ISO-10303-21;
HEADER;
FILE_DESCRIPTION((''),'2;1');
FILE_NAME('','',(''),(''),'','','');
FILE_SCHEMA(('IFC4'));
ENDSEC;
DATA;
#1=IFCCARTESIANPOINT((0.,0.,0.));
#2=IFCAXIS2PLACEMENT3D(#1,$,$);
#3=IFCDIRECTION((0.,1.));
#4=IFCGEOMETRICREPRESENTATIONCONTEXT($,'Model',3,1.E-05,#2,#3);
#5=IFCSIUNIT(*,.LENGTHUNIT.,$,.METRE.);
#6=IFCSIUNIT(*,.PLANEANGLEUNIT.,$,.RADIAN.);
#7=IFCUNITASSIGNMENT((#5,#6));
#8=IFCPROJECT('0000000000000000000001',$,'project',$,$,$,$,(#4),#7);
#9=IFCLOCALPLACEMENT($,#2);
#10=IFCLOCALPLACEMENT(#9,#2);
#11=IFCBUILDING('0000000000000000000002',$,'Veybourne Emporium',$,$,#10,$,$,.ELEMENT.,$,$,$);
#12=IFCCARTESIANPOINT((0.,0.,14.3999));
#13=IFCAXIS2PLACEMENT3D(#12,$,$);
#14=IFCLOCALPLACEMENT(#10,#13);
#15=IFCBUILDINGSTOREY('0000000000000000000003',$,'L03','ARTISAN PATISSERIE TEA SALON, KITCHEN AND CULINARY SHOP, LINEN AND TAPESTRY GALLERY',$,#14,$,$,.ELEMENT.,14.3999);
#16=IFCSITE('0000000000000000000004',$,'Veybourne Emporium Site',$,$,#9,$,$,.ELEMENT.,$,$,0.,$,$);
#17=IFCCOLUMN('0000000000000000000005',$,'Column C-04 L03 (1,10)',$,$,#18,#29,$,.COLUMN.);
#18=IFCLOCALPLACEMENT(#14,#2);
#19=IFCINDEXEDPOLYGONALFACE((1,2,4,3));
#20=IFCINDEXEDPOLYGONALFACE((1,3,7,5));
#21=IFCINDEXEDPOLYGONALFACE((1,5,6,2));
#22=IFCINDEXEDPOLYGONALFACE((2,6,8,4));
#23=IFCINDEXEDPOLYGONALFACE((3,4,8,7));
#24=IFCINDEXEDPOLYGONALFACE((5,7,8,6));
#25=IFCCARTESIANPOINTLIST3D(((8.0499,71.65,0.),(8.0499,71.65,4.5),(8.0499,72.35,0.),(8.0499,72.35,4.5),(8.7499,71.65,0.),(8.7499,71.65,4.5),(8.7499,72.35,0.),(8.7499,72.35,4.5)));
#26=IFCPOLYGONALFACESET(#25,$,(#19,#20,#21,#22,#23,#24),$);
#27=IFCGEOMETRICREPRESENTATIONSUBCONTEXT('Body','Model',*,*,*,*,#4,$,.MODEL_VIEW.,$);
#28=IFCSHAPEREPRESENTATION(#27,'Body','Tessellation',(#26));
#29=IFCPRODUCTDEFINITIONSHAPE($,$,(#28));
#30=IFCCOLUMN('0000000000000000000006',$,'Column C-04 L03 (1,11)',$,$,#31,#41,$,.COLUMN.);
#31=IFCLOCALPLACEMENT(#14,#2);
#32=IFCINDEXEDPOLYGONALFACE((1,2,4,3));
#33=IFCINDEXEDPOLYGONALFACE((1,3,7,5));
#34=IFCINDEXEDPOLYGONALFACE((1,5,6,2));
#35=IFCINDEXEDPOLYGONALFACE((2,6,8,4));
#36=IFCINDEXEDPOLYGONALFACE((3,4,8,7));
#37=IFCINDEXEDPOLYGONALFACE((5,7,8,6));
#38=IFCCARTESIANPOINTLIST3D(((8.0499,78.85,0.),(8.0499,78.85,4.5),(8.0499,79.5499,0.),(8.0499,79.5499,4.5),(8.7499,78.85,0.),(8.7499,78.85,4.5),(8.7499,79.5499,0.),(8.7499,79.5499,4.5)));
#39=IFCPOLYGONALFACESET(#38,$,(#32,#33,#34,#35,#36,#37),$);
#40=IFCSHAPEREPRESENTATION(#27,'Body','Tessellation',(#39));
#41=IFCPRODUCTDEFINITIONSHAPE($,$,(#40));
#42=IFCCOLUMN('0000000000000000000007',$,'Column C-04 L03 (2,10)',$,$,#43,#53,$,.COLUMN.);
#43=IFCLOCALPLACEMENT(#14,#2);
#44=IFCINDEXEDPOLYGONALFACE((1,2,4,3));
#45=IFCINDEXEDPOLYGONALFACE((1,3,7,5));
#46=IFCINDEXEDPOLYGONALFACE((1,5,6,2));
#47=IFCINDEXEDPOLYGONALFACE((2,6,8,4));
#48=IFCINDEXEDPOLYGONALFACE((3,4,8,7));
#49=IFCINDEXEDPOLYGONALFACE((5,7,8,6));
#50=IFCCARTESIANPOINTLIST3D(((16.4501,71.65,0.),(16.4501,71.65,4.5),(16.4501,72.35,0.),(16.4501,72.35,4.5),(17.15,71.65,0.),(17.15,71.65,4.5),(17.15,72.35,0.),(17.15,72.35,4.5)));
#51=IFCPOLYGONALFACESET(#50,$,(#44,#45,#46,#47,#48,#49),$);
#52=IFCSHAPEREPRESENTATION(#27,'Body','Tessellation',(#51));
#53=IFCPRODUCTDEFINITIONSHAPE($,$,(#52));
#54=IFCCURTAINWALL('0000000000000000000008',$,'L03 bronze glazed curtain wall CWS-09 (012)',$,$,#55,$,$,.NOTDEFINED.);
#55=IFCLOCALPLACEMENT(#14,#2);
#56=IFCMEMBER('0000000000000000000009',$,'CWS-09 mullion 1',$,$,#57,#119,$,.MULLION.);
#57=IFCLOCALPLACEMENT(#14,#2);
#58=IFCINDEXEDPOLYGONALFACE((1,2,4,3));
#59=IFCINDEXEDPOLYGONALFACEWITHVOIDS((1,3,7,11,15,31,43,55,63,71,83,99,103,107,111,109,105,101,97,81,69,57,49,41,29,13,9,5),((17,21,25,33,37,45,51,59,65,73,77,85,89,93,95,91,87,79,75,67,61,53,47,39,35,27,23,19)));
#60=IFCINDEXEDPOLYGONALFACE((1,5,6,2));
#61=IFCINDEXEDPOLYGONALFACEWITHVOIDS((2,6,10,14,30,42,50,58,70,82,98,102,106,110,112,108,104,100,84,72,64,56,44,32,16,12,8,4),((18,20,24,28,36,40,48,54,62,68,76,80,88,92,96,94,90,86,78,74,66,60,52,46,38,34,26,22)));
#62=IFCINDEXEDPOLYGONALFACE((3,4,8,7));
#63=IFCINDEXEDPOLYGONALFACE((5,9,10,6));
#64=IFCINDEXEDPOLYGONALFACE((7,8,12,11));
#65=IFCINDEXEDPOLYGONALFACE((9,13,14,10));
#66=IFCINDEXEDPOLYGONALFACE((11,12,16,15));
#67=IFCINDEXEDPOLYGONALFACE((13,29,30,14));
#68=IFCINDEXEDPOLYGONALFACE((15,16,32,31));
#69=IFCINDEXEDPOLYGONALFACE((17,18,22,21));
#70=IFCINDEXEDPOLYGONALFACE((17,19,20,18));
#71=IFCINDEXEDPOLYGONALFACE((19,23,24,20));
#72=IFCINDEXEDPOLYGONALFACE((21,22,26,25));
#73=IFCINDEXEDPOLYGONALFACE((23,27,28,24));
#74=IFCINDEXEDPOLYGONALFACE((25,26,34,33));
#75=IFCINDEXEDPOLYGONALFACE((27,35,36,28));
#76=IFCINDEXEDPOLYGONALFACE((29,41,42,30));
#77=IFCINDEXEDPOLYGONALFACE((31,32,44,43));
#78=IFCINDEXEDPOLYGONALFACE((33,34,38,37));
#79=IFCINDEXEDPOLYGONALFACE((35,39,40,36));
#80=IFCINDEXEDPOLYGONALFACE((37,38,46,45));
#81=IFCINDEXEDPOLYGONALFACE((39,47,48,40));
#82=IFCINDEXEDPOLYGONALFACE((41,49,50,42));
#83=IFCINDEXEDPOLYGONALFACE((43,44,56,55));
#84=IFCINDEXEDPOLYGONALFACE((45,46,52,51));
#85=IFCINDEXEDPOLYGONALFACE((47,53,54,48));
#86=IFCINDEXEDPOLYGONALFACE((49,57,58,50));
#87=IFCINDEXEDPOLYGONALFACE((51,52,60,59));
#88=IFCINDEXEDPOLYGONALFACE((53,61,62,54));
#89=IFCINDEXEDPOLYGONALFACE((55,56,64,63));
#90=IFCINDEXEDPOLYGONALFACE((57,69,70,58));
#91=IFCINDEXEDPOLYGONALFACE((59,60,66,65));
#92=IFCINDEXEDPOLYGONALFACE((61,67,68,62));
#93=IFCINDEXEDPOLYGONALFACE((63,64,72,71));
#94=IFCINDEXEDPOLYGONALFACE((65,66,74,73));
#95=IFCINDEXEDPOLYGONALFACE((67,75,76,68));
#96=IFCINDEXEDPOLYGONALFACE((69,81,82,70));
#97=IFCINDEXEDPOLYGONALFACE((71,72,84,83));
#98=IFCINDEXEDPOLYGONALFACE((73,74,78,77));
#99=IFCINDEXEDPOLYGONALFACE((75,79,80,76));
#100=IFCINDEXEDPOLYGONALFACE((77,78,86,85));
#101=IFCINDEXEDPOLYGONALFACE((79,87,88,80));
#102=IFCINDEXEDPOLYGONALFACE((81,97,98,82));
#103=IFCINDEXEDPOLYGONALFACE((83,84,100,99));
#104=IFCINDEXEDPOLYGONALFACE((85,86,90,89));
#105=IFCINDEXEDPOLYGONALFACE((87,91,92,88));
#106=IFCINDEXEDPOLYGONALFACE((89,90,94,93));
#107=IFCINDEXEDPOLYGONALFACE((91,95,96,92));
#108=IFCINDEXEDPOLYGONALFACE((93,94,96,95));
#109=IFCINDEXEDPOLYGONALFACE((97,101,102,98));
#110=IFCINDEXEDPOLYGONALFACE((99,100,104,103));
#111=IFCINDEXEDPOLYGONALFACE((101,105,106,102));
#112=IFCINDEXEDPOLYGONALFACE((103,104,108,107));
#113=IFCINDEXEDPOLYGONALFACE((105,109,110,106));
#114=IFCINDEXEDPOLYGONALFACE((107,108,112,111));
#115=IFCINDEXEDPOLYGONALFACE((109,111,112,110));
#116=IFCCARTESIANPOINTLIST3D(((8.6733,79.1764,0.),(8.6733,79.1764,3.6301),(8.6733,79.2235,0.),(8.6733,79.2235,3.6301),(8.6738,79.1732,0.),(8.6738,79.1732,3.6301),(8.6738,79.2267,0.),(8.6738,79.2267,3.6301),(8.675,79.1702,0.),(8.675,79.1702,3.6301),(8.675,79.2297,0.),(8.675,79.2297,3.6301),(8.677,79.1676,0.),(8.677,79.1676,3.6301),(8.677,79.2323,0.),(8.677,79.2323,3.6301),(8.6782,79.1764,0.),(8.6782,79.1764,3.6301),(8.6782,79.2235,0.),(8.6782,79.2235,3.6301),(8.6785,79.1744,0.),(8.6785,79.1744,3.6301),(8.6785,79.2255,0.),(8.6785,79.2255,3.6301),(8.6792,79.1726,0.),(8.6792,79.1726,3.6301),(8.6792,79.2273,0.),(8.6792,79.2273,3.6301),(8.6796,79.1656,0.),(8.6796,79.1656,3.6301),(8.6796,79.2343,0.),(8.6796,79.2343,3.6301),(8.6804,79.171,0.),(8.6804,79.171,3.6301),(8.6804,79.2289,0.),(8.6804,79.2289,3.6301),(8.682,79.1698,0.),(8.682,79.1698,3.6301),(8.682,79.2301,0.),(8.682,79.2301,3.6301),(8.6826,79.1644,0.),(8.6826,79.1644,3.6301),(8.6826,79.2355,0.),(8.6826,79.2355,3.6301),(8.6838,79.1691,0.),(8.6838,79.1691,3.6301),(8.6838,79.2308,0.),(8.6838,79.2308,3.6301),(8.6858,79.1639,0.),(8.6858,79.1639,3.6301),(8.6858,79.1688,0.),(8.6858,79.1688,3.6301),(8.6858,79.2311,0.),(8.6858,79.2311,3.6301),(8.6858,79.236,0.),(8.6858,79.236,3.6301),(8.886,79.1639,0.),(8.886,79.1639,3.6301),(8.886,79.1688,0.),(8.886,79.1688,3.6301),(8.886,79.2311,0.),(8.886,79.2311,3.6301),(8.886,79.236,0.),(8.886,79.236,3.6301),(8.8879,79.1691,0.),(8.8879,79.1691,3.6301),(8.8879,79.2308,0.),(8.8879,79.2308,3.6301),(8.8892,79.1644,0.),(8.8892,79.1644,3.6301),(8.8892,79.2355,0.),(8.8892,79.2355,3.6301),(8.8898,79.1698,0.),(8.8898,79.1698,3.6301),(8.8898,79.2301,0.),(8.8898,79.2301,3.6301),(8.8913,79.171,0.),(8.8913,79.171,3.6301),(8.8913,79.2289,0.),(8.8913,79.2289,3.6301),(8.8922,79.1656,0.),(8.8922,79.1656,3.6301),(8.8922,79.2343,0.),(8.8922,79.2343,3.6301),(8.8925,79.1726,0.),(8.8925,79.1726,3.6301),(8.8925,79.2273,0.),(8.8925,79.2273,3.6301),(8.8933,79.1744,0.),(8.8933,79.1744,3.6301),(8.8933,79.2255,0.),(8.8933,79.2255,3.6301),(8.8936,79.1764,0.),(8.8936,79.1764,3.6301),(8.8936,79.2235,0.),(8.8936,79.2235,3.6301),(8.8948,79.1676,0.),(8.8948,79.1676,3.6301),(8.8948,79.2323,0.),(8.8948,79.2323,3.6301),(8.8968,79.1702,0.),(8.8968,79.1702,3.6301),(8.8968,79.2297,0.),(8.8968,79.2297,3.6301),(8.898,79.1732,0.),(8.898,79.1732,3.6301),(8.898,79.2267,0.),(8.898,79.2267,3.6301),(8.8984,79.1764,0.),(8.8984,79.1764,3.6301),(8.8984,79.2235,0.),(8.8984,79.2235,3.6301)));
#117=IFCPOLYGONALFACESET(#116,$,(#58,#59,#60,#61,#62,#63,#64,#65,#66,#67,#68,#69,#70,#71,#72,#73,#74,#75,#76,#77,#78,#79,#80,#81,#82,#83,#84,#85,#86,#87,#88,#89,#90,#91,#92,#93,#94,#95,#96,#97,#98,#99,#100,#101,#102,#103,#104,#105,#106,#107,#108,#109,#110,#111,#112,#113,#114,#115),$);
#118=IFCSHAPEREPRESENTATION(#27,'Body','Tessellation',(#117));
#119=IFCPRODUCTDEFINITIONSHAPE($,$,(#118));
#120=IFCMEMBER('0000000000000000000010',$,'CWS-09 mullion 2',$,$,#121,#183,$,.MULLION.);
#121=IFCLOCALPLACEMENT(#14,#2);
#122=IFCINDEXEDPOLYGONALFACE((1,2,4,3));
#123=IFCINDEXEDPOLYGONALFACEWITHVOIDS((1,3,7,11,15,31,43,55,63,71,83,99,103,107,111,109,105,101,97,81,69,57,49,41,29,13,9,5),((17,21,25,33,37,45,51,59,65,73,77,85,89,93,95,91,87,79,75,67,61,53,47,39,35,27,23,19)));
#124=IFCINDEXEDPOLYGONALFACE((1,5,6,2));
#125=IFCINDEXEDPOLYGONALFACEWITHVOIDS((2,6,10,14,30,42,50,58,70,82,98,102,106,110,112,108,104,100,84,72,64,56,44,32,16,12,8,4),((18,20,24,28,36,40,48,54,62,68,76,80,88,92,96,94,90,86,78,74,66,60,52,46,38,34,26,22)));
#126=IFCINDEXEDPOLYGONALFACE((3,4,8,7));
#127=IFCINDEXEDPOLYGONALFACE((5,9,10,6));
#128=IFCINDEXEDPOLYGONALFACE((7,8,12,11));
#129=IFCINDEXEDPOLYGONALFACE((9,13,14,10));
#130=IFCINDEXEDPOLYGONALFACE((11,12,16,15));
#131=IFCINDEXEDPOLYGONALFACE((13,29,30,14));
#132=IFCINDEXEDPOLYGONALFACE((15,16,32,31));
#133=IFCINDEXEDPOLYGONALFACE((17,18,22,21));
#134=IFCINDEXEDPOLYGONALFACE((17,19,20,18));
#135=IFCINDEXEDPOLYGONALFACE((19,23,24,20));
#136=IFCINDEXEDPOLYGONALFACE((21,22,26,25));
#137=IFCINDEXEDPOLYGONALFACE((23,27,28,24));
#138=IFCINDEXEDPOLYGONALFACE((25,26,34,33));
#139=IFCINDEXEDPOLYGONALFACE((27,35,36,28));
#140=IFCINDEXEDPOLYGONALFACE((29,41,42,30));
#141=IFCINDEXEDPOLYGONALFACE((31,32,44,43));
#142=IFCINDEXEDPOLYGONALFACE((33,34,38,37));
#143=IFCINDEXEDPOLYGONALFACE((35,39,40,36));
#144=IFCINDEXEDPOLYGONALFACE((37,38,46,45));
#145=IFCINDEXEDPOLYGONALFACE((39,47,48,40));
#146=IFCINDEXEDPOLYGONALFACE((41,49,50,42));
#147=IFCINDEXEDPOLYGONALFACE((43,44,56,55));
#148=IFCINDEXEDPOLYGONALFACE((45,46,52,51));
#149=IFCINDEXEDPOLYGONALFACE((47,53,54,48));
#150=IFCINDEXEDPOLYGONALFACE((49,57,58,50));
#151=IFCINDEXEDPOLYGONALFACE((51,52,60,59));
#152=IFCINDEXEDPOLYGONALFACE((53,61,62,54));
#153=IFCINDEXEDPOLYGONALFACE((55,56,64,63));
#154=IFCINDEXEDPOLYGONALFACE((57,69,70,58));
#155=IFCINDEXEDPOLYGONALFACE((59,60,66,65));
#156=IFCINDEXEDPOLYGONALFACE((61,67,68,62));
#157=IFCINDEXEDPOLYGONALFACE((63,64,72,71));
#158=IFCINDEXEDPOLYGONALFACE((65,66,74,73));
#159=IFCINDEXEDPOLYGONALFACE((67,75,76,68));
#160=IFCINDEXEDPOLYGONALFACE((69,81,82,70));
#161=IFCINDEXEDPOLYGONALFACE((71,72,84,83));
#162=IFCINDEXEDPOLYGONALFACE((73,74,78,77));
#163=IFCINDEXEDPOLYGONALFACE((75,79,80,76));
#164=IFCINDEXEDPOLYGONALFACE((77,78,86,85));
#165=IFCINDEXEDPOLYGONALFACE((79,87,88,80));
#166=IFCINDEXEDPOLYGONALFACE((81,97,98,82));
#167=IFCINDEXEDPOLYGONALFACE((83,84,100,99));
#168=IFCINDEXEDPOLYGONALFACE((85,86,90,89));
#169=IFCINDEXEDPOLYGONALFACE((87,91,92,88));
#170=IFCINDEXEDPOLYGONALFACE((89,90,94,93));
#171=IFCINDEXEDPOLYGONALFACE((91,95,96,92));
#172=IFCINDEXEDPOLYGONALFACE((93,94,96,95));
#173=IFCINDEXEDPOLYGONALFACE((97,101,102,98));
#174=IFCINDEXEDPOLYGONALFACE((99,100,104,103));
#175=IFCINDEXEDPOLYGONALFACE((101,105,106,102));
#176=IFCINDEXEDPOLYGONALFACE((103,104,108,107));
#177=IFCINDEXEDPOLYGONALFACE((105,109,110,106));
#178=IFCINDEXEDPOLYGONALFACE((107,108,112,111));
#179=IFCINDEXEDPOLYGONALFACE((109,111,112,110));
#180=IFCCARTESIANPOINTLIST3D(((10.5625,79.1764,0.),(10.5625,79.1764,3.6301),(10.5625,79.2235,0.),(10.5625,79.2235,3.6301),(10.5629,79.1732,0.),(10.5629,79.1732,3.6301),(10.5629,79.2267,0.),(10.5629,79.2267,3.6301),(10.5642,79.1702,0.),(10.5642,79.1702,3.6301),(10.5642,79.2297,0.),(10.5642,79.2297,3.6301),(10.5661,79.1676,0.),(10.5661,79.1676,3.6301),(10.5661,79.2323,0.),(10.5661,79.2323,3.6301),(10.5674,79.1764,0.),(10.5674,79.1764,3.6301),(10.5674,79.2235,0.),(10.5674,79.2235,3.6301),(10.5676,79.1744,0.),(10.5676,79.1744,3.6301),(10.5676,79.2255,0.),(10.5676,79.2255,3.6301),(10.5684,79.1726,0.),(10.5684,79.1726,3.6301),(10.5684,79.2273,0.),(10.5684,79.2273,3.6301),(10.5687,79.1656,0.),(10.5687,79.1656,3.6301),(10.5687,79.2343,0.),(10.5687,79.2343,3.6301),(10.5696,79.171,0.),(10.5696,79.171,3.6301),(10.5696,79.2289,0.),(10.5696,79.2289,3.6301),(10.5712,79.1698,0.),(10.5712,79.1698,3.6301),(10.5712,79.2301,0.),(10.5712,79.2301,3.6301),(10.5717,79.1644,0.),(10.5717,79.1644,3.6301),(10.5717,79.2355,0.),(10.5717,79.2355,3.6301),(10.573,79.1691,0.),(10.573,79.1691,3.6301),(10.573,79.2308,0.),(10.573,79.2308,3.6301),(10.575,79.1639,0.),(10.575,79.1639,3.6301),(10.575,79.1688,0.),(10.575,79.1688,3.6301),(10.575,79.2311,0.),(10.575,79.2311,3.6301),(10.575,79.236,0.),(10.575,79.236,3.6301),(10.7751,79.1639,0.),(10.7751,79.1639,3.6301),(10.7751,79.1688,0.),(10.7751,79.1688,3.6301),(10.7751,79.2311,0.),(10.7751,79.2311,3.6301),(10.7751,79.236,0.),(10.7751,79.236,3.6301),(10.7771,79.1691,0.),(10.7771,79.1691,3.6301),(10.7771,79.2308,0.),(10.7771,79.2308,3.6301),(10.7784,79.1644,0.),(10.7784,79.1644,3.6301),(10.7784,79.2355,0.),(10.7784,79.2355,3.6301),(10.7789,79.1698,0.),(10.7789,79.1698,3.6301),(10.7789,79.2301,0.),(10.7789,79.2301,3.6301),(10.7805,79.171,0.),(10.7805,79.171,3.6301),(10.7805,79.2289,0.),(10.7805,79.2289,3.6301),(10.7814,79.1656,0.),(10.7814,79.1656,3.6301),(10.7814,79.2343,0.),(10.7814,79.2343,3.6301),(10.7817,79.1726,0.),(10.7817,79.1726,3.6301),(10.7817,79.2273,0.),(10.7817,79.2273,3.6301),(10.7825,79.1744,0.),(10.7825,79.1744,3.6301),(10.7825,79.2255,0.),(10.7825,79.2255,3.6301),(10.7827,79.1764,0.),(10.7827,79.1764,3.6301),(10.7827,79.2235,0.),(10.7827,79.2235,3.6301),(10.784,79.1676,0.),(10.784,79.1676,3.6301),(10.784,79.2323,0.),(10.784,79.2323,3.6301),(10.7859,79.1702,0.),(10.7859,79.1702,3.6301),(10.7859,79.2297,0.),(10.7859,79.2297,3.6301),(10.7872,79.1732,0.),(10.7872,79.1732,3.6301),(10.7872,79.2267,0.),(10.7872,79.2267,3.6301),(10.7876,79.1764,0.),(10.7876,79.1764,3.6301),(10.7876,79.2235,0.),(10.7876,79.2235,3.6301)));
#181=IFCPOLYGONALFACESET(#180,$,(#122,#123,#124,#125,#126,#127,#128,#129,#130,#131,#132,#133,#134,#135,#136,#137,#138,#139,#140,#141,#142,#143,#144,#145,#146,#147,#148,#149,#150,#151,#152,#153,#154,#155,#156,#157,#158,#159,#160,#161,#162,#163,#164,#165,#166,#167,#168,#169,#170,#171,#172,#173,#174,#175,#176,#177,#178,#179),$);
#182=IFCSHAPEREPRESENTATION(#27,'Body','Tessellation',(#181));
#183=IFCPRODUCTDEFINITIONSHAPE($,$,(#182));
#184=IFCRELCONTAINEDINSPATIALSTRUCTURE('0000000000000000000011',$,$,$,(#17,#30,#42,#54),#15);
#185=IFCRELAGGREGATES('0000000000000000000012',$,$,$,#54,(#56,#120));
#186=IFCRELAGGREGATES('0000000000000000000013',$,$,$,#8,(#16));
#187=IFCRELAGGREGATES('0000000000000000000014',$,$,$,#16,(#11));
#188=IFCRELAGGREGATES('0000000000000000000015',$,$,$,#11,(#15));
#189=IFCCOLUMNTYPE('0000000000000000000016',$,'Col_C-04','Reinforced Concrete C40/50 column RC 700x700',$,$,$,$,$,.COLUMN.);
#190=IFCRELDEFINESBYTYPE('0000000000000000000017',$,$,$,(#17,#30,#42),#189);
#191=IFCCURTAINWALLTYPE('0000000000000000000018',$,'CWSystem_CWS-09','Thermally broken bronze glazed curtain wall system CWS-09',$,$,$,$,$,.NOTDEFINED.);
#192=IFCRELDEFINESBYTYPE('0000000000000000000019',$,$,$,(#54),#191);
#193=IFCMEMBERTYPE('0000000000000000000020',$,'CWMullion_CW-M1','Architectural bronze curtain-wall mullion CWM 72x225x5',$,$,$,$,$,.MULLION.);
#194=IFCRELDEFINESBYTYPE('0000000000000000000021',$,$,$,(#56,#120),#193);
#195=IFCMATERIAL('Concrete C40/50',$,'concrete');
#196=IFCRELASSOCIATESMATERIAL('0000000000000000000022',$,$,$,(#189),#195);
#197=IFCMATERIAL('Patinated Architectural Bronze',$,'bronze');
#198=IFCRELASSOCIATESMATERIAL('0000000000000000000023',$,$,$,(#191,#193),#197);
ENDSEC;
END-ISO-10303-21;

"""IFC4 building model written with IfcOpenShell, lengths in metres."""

from ifc_helpers import new_model, si_unit, direction, frame, origin, origin_2d, place, context, subcontext, project, spatial, rectangle, hollow_rectangle, extrude, material, material_profile, profile_set, type_object, element, aggregate, save


model = new_model("IFC4")

# Units and contexts
model_context = context("Model", 3, precision=1e-05, world=origin(), true_north=direction((0.0, 1.0)))
body_context = subcontext(model_context, "Body", "Model", "MODEL_VIEW")
ifc_project = project(units=[si_unit("LENGTHUNIT", "METRE"), si_unit("PLANEANGLEUNIT", "RADIAN")], contexts=[model_context])

# Site, building, storey
site_placement = place(None, origin())
site = spatial("IfcSite", under=ifc_project, at=site_placement, Name="Veybourne Emporium Site", CompositionType="ELEMENT", RefElevation=0.0)
building_placement = place(site_placement, origin())
building = spatial("IfcBuilding", under=site, at=building_placement, Name="Veybourne Emporium", CompositionType="ELEMENT")
storey_placement = place(building_placement, frame((0.0, 0.0, 14.3999)))
storey = spatial("IfcBuildingStorey", under=building, at=storey_placement, Name="L03", Description="ARTISAN PATISSERIE TEA SALON, KITCHEN AND CULINARY SHOP, LINEN AND TAPESTRY GALLERY", CompositionType="ELEMENT", Elevation=14.3999)

# Columns
ifc_material_1 = material(Name="Concrete C40/50", Category="concrete")
ifc_material_profile_1 = material_profile(ifc_material_1, rectangle(XDim=0.7, YDim=0.7, at=origin_2d()), Name="RC 700x700")
ifc_profile_set_1 = profile_set([ifc_material_profile_1], Name="Concrete C40/50")
column_type = type_object("IfcColumnType", Name="Col_C-04", Description="Reinforced Concrete C40/50 column RC 700x700", PredefinedType="COLUMN", material=ifc_profile_set_1)
for number, where, z_axis, x_axis, name in (
    (1, (8.3999, 72.0, 0.0), (0.0, 0.0, 1.0), (1.0, 0.0, 0.0), "Column C-04 L03 (1,10)"),
    (2, (8.3999, 79.2, 0.0), (0.0, 0.0, 1.0), (1.0, 0.0, 0.0), "Column C-04 L03 (1,11)"),
    (3, (16.8, 72.0, 0.0), (0.0, 0.0, 1.0), (1.0, 0.0, 0.0), "Column C-04 L03 (2,10)"),
):
    element("IfcColumn", number, at=place(storey_placement, frame(where, z_axis=z_axis, x_axis=x_axis)), inside=storey, type_object=column_type, Name=name, PredefinedType="COLUMN", context=body_context, shape_type="SweptSolid", body=[
        extrude(rectangle(XDim=0.7, YDim=0.7, at=origin_2d()), origin(), (0.0, 0.0, 1.0), 4.5),
    ])

# Curtain wall, members
ifc_material_2 = material(Name="Patinated Architectural Bronze", Category="bronze")
curtain_wall_type = type_object("IfcCurtainWallType", Name="CWSystem_CWS-09", Description="Thermally broken bronze glazed curtain wall system CWS-09", PredefinedType="NOTDEFINED", material=ifc_material_2)
curtain_wall_placement = place(storey_placement, origin())
curtain_wall = element("IfcCurtainWall", 4, at=curtain_wall_placement, inside=storey, type_object=curtain_wall_type, Name="L03 bronze glazed curtain wall CWS-09 (012)", PredefinedType="NOTDEFINED")
ifc_material_profile_2 = material_profile(ifc_material_2, hollow_rectangle(XDim=0.072, YDim=0.2251, WallThickness=0.0049, InnerFilletRadius=0.0076, OuterFilletRadius=0.0125, at=origin_2d()), Name="CWM 72x225x5")
ifc_profile_set_2 = profile_set([ifc_material_profile_2], Name="Patinated Architectural Bronze")
member_type_1 = type_object("IfcMemberType", Name="CWMullion_CW-M1", Description="Architectural bronze curtain-wall mullion CWM 72x225x5", PredefinedType="MULLION", material=ifc_profile_set_2)
member_1_placement = place(storey_placement, frame((8.7859, 79.2, 0.0), z_axis=(0.0, 0.0, 1.0), x_axis=(0.0, 1.0, 0.0)))
member_1 = element("IfcMember", 5, at=member_1_placement, type_object=member_type_1, Name="CWS-09 mullion 1", PredefinedType="MULLION", context=body_context, shape_type="SweptSolid", body=[
    extrude(hollow_rectangle(XDim=0.072, YDim=0.2251, WallThickness=0.0049, InnerFilletRadius=0.0076, OuterFilletRadius=0.0125, at=origin_2d()), origin(), (0.0, 0.0, 1.0), 3.6301),
])
member_2_placement = place(storey_placement, frame((10.675, 79.2, 0.0), z_axis=(0.0, 0.0, 1.0), x_axis=(0.0, 1.0, 0.0)))
member_2 = element("IfcMember", 6, at=member_2_placement, type_object=member_type_1, Name="CWS-09 mullion 2", PredefinedType="MULLION", context=body_context, shape_type="SweptSolid", body=[
    extrude(hollow_rectangle(XDim=0.072, YDim=0.2251, WallThickness=0.0049, InnerFilletRadius=0.0076, OuterFilletRadius=0.0125, at=origin_2d()), origin(), (0.0, 0.0, 1.0), 3.6301),
])

aggregate(curtain_wall, [member_1, member_2])

save(model, "model.ifc")
